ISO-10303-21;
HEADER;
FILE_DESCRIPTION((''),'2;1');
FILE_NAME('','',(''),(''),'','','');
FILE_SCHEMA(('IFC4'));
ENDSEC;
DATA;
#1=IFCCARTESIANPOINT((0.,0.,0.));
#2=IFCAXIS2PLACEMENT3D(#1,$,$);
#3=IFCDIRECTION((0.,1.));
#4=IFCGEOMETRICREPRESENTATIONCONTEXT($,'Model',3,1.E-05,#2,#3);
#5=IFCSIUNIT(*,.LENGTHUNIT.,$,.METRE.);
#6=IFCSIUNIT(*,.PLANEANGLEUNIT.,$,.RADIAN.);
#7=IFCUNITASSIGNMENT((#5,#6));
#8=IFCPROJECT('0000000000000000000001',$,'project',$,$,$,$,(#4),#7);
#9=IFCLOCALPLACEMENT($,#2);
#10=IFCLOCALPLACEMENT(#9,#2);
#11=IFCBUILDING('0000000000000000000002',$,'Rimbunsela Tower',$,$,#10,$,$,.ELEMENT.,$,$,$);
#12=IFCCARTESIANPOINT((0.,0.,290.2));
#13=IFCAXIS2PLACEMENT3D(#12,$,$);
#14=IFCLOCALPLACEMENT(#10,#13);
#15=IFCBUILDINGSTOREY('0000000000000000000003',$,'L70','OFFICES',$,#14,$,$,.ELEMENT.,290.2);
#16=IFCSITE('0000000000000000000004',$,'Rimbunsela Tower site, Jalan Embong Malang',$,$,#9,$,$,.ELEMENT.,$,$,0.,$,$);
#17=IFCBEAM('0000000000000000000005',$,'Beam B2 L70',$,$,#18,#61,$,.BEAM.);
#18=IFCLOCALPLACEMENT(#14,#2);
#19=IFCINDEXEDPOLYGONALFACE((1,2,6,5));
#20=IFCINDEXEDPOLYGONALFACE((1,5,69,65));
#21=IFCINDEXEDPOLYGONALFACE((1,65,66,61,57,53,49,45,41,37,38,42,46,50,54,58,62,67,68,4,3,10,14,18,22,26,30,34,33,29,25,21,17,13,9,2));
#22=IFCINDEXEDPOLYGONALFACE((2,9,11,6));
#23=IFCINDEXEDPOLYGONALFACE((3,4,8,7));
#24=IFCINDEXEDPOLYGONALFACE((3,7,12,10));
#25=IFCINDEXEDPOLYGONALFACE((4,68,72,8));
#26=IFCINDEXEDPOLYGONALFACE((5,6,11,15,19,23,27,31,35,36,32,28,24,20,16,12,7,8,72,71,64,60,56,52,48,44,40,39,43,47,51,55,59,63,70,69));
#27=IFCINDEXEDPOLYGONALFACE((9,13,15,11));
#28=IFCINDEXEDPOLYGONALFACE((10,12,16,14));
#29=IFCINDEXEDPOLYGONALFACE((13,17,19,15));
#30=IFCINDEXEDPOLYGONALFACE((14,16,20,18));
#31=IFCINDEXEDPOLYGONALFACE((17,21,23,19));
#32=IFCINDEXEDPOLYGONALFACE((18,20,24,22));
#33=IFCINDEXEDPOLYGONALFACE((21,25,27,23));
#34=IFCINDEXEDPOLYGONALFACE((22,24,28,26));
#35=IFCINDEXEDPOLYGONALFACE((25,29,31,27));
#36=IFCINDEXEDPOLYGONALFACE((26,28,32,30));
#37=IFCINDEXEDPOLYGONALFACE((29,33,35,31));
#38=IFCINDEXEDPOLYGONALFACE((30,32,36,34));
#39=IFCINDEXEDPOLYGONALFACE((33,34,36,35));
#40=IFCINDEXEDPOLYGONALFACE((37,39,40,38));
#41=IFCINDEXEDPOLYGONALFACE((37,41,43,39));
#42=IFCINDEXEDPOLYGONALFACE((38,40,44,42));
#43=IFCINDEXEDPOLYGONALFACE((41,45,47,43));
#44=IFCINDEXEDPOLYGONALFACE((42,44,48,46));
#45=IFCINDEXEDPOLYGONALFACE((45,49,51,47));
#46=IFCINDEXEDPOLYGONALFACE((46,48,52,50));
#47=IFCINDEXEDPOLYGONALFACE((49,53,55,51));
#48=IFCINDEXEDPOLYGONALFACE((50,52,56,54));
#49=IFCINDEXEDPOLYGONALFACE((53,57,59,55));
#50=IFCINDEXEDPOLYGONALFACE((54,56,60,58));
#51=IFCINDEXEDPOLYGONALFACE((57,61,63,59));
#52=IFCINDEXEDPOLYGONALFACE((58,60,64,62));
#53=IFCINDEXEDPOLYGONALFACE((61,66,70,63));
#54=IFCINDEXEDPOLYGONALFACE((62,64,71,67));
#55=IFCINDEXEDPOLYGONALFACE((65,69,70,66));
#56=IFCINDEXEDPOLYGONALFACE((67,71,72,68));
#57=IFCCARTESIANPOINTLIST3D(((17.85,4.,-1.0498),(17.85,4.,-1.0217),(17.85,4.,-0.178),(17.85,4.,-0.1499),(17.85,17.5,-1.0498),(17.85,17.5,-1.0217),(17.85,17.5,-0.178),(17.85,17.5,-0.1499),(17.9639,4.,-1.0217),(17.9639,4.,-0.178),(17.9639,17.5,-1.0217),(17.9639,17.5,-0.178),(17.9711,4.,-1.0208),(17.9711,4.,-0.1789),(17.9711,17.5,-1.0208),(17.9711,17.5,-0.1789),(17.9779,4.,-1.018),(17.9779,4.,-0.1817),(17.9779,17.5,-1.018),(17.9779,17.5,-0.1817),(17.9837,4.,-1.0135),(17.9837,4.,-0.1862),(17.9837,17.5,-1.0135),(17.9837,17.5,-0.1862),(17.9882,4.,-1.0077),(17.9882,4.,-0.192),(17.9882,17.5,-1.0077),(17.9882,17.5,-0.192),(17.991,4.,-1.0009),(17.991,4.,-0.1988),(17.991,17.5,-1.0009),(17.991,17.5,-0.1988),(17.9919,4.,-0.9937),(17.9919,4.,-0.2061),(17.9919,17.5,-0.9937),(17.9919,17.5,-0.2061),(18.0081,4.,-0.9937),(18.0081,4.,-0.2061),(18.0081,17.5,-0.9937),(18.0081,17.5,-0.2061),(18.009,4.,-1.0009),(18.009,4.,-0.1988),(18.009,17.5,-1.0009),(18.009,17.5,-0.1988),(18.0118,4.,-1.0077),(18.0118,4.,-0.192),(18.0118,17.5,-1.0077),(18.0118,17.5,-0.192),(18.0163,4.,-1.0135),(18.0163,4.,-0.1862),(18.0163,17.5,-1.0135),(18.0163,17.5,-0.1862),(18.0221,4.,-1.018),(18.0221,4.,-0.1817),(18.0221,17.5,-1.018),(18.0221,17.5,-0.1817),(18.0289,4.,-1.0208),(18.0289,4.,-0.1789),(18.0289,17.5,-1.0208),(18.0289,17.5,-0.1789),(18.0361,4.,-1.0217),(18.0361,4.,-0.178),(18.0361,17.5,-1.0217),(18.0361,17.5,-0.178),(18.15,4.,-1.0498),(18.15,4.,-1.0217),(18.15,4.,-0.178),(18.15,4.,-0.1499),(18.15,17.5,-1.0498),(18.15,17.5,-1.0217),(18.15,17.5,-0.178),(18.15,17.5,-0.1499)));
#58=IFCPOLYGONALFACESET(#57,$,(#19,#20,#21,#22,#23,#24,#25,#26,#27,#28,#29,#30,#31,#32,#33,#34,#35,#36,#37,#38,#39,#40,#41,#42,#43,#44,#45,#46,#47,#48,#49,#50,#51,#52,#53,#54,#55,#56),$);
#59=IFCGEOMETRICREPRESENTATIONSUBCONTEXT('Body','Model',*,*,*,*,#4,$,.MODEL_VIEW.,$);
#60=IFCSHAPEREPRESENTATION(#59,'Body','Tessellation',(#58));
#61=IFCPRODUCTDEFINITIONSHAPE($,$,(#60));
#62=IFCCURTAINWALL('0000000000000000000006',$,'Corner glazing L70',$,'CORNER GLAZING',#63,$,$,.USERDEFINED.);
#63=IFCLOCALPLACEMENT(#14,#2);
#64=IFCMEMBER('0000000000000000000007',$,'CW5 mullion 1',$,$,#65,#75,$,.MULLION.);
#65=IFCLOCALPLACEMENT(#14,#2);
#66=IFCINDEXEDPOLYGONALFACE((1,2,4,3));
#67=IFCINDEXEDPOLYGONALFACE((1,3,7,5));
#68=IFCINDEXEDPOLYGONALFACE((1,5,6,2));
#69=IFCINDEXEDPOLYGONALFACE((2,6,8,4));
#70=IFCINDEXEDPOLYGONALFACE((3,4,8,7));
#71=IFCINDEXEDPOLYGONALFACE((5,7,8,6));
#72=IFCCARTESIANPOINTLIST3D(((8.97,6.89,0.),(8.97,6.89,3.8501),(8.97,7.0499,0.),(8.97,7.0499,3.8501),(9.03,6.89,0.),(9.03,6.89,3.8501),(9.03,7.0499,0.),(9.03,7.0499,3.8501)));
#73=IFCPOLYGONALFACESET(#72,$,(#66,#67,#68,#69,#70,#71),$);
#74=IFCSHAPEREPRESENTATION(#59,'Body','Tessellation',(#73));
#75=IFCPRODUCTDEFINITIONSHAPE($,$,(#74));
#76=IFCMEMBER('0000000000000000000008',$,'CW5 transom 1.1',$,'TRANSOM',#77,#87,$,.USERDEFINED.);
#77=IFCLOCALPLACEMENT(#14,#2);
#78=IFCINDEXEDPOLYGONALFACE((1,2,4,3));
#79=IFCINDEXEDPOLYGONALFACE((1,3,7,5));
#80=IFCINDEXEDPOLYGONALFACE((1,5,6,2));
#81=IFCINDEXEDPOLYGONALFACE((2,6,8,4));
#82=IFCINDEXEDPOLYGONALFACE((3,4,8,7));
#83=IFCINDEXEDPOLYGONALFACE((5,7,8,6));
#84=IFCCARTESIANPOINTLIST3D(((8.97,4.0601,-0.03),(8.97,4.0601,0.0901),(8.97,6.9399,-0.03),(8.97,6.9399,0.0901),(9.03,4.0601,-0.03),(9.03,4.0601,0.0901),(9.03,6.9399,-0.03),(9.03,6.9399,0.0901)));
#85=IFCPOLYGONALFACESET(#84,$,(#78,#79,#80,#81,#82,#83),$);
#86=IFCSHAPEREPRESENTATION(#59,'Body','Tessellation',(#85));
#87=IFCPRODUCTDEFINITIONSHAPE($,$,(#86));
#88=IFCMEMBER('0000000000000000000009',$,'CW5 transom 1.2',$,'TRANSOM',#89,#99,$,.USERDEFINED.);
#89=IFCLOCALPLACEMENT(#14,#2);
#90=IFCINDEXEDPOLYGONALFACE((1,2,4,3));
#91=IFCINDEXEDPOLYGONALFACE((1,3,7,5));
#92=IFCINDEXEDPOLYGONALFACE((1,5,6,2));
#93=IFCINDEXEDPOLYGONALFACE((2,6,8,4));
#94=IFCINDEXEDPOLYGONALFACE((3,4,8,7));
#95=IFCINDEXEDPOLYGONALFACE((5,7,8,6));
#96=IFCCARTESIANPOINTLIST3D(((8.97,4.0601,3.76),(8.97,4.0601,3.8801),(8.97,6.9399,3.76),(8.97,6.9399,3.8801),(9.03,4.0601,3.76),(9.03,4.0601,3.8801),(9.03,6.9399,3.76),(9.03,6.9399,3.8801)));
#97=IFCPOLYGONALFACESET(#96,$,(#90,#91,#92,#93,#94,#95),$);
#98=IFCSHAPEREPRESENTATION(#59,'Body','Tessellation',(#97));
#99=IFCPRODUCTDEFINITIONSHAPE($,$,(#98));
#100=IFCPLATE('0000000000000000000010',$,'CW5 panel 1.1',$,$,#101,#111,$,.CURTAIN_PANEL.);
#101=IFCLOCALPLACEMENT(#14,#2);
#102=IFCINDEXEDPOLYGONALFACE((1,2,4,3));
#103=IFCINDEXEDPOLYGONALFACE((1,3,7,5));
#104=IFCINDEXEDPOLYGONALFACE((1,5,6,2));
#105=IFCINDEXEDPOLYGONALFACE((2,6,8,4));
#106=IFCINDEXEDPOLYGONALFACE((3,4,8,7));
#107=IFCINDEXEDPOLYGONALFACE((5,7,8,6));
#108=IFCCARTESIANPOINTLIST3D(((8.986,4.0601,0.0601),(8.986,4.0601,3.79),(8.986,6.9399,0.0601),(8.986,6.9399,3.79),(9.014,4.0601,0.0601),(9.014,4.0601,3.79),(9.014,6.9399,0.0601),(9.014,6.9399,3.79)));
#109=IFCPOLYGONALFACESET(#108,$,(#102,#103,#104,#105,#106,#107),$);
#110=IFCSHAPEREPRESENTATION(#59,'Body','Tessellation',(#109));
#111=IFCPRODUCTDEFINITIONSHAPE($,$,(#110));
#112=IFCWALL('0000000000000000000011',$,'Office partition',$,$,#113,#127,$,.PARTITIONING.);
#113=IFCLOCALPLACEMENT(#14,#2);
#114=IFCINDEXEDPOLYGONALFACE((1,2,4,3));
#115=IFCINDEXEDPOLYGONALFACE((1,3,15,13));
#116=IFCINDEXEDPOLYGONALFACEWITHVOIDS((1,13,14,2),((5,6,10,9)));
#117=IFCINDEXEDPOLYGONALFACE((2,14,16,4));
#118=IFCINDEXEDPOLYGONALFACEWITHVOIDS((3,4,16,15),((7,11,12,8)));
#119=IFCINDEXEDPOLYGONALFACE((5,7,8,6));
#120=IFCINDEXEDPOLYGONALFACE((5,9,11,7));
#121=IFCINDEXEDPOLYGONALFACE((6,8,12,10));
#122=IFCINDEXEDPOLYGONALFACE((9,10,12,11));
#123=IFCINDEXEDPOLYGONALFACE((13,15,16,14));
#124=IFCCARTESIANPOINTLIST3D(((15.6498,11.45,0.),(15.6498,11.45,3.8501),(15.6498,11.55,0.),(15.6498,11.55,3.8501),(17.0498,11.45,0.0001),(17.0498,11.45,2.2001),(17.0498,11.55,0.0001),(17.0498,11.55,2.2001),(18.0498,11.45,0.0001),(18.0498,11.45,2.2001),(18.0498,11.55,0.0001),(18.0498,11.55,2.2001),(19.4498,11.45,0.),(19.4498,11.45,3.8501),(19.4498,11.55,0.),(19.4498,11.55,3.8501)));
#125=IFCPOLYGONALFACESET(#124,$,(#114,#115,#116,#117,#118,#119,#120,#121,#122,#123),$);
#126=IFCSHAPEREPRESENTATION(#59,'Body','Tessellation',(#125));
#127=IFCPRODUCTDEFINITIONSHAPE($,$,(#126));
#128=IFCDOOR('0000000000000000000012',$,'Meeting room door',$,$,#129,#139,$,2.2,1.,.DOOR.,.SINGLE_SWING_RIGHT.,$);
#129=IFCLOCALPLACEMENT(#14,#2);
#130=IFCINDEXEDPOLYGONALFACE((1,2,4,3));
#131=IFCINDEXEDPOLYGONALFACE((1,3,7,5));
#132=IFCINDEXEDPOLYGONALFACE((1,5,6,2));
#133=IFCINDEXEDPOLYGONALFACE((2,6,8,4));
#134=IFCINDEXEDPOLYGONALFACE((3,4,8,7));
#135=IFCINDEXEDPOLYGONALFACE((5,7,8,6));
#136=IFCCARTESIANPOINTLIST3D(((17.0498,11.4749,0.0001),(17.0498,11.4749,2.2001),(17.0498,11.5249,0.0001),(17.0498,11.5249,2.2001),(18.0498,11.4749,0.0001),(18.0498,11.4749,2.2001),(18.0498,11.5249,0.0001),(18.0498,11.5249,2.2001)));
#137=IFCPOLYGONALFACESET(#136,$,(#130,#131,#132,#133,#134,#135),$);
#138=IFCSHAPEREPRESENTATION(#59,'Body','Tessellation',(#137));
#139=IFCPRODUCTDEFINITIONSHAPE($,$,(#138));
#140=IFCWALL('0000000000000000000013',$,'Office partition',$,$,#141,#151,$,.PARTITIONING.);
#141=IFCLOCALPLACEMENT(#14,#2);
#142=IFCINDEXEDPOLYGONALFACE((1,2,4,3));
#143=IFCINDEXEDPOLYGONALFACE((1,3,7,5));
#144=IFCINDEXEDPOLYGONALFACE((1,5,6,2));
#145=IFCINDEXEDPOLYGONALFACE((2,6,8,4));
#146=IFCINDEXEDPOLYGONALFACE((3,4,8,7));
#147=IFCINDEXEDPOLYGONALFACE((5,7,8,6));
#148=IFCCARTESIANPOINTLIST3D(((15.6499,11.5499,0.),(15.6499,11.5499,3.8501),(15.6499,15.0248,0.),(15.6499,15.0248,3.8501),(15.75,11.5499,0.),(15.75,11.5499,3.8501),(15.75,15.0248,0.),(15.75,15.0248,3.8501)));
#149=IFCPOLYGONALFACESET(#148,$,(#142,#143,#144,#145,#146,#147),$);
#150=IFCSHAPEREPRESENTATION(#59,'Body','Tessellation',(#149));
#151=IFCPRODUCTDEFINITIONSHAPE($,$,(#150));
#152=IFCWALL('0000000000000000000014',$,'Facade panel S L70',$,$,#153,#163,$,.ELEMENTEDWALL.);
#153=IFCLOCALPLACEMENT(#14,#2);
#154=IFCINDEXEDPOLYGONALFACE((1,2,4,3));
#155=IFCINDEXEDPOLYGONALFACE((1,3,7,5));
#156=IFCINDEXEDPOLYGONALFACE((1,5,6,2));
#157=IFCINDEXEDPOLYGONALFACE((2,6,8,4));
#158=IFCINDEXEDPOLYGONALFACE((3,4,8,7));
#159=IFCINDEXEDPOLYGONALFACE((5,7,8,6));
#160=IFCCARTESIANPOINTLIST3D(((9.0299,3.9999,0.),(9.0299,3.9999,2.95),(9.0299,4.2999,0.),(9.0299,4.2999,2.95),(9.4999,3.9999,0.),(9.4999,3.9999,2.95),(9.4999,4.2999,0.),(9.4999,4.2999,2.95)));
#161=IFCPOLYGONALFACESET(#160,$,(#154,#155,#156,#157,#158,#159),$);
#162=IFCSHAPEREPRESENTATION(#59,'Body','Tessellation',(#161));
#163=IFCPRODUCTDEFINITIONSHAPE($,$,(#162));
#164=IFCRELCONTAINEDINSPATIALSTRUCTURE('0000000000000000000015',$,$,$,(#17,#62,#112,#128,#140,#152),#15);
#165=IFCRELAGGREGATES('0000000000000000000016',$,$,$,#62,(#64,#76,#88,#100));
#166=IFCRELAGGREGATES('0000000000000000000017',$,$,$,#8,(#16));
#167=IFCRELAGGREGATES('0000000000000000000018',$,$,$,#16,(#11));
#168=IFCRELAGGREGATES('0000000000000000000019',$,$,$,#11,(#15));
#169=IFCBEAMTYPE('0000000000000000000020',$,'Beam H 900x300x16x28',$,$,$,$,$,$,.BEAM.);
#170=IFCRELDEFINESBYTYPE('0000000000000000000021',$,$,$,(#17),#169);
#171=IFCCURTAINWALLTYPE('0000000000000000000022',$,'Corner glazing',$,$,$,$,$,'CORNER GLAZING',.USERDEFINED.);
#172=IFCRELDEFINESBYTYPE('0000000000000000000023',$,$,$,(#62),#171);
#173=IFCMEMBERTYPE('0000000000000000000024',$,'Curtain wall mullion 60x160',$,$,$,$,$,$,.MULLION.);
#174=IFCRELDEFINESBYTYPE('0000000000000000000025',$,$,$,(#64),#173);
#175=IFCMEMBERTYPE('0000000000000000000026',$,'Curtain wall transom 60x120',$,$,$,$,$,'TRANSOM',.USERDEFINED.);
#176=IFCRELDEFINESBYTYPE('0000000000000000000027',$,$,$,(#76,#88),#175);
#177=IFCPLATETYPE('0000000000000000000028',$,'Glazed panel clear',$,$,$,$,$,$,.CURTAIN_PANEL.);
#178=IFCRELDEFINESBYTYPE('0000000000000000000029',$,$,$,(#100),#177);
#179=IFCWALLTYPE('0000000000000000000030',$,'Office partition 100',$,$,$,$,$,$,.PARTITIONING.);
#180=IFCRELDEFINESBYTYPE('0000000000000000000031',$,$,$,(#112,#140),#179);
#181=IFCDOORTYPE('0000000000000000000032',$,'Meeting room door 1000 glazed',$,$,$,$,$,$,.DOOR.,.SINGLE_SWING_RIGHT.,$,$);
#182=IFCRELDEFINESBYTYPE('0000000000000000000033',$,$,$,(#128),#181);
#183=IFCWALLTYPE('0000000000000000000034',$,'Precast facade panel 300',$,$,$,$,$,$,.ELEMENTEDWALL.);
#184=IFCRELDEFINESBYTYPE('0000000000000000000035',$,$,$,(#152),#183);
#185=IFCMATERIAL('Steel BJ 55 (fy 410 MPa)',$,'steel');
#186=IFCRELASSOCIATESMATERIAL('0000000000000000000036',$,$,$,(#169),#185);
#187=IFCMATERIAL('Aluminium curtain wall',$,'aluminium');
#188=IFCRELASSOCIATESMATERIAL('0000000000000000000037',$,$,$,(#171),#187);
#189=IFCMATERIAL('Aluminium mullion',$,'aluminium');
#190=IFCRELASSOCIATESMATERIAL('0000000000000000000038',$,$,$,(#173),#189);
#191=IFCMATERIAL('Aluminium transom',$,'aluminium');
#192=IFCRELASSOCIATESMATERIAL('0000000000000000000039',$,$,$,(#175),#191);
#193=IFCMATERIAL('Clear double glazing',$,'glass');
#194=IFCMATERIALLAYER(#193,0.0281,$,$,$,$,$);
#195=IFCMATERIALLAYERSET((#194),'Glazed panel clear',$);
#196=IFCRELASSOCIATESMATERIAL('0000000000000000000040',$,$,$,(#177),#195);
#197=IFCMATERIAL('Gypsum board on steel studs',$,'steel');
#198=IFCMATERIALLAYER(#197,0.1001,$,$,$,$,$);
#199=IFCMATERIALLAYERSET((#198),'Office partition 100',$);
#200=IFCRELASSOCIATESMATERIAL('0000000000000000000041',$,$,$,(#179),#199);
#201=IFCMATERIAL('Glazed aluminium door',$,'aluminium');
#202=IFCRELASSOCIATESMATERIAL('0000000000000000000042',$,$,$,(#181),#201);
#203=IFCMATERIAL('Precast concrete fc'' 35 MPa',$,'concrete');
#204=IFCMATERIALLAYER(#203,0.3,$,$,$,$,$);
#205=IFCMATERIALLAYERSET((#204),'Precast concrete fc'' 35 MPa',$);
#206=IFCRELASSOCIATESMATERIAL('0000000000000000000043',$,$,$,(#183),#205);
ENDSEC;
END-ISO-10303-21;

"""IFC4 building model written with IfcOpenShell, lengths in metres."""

from ifc_helpers import new_model, si_unit, direction, frame, frame_2d, origin, origin_2d, place, context, subcontext, project, spatial, rectangle, i_section, extrude, material, layer, layer_set, material_profile, profile_set, type_object, element, fill, aggregate, save


model = new_model("IFC4")

# Units and contexts
model_context = context("Model", 3, precision=1e-05, world=origin(), true_north=direction((0.0, 1.0)))
body_context = subcontext(model_context, "Body", "Model", "MODEL_VIEW")
ifc_project = project(units=[si_unit("LENGTHUNIT", "METRE"), si_unit("PLANEANGLEUNIT", "RADIAN")], contexts=[model_context])

# Site, building, storey
site_placement = place(None, origin())
site = spatial("IfcSite", under=ifc_project, at=site_placement, Name="Rimbunsela Tower site, Jalan Embong Malang", CompositionType="ELEMENT", RefElevation=0.0)
building_placement = place(site_placement, origin())
building = spatial("IfcBuilding", under=site, at=building_placement, Name="Rimbunsela Tower", CompositionType="ELEMENT")
storey_placement = place(building_placement, frame((0.0, 0.0, 290.2)))
storey = spatial("IfcBuildingStorey", under=building, at=storey_placement, Name="L70", Description="OFFICES", CompositionType="ELEMENT", Elevation=290.2)

# Beam
ifc_material_1 = material(Name="Steel BJ 55 (fy 410 MPa)", Category="steel")
ifc_material_profile_1 = material_profile(ifc_material_1, i_section(OverallWidth=0.3, OverallDepth=0.8999, WebThickness=0.0161, FlangeThickness=0.0281, FilletRadius=0.0281, at=origin_2d()), Name="H 900x300x16x28")
ifc_profile_set_1 = profile_set([ifc_material_profile_1], Name="Steel BJ 55 (fy 410 MPa)")
beam_type_1 = type_object("IfcBeamType", Name="Beam H 900x300x16x28", PredefinedType="BEAM", material=ifc_profile_set_1)
beam_placement = place(storey_placement, frame((18.0, 4.0, -0.5999), z_axis=(0.0, 1.0, 0.0), x_axis=(-1.0, 0.0, 0.0)))
element("IfcBeam", 1, at=beam_placement, inside=storey, type_object=beam_type_1, Name="Beam B2 L70", PredefinedType="BEAM", context=body_context, shape_type="SweptSolid", body=[
    extrude(i_section(OverallWidth=0.3, OverallDepth=0.8999, WebThickness=0.0161, FlangeThickness=0.0281, FilletRadius=0.0281, at=origin_2d()), origin(), (0.0, 0.0, 1.0), 13.5),
])

# Curtain wall, members, plate
ifc_material_2 = material(Name="Aluminium curtain wall", Category="aluminium")
curtain_wall_type = type_object("IfcCurtainWallType", Name="Corner glazing", ElementType="CORNER GLAZING", PredefinedType="USERDEFINED", material=ifc_material_2)
curtain_wall_placement = place(storey_placement, origin())
curtain_wall = element("IfcCurtainWall", 2, at=curtain_wall_placement, inside=storey, type_object=curtain_wall_type, Name="Corner glazing L70", ObjectType="CORNER GLAZING", PredefinedType="USERDEFINED")
ifc_material_3 = material(Name="Aluminium mullion", Category="aluminium")
ifc_material_profile_2 = material_profile(ifc_material_3, rectangle(XDim=0.0601, YDim=0.1599, at=origin_2d()), Name="Mullion 60x160")
ifc_profile_set_2 = profile_set([ifc_material_profile_2], Name="Aluminium mullion")
member_type_1 = type_object("IfcMemberType", Name="Curtain wall mullion 60x160", PredefinedType="MULLION", material=ifc_profile_set_2)
member_1_placement = place(storey_placement, frame((9.0, 6.97, 0.0), z_axis=(0.0, 0.0, 1.0), x_axis=(1.0, 0.0, 0.0)))
member_1 = element("IfcMember", 3, at=member_1_placement, type_object=member_type_1, Name="CW5 mullion 1", PredefinedType="MULLION", context=body_context, shape_type="SweptSolid", body=[
    extrude(rectangle(XDim=0.0601, YDim=0.1599, at=origin_2d()), origin(), (0.0, 0.0, 1.0), 3.8501),
])
ifc_material_4 = material(Name="Aluminium transom", Category="aluminium")
ifc_material_profile_3 = material_profile(ifc_material_4, rectangle(XDim=0.0601, YDim=0.1201, at=origin_2d()), Name="Transom 60x120")
ifc_profile_set_3 = profile_set([ifc_material_profile_3], Name="Aluminium transom")
member_type_2 = type_object("IfcMemberType", Name="Curtain wall transom 60x120", ElementType="TRANSOM", PredefinedType="USERDEFINED", material=ifc_profile_set_3)
member_2_placement = place(storey_placement, frame((9.0, 6.9399, 0.03), z_axis=(0.0, -1.0, 0.0), x_axis=(1.0, 0.0, 0.0)))
member_2 = element("IfcMember", 4, at=member_2_placement, type_object=member_type_2, Name="CW5 transom 1.1", ObjectType="TRANSOM", PredefinedType="USERDEFINED", context=body_context, shape_type="SweptSolid", body=[
    extrude(rectangle(XDim=0.0601, YDim=0.1201, at=origin_2d()), origin(), (0.0, 0.0, 1.0), 2.8799),
])
member_3_placement = place(storey_placement, frame((9.0, 6.9399, 3.8201), z_axis=(0.0, -1.0, 0.0), x_axis=(1.0, 0.0, 0.0)))
member_3 = element("IfcMember", 5, at=member_3_placement, type_object=member_type_2, Name="CW5 transom 1.2", ObjectType="TRANSOM", PredefinedType="USERDEFINED", context=body_context, shape_type="SweptSolid", body=[
    extrude(rectangle(XDim=0.0601, YDim=0.1201, at=origin_2d()), origin(), (0.0, 0.0, 1.0), 2.8799),
])
ifc_material_5 = material(Name="Clear double glazing", Category="glass")
ifc_layer_1 = layer(ifc_material_5, 0.0281)
ifc_layer_set_1 = layer_set([ifc_layer_1], Name="Glazed panel clear")
plate_type = type_object("IfcPlateType", Name="Glazed panel clear", PredefinedType="CURTAIN_PANEL", material=ifc_layer_set_1)
plate_placement = place(storey_placement, frame((9.0, 5.5, 0.0601), z_axis=(0.0, 0.0, 1.0), x_axis=(0.0, -1.0, 0.0)))
plate = element("IfcPlate", 6, at=plate_placement, type_object=plate_type, Name="CW5 panel 1.1", PredefinedType="CURTAIN_PANEL", context=body_context, shape_type="SweptSolid", body=[
    extrude(rectangle(XDim=2.8799, YDim=0.0281, at=origin_2d()), origin(), (0.0, 0.0, 1.0), 3.73),
])
aggregate(curtain_wall, [member_1, member_2, member_3, plate])

# Wall, opening, door
ifc_material_6 = material(Name="Gypsum board on steel studs", Category="steel")
ifc_layer_2 = layer(ifc_material_6, 0.1001)
ifc_layer_set_2 = layer_set([ifc_layer_2], Name="Office partition 100")
wall_type_1 = type_object("IfcWallType", Name="Office partition 100", PredefinedType="PARTITIONING", material=ifc_layer_set_2)
wall_1_placement = place(storey_placement, frame((15.6499, 11.5, 0.0), z_axis=(0.0, 0.0, 1.0), x_axis=(1.0, 0.0, 0.0)))
wall_1 = element("IfcWall", 7, at=wall_1_placement, inside=storey, type_object=wall_type_1, Name="Office partition", PredefinedType="PARTITIONING", context=body_context, shape_type="SweptSolid", body=[
    extrude(rectangle(XDim=3.8, YDim=0.1001, at=frame_2d((1.8999, 0.0))), origin(), (0.0, 0.0, 1.0), 3.8501),
])
opening_1_placement = place(wall_1_placement, frame((1.3999, 0.0, 0.0)))
opening_1 = element("IfcOpeningElement", 8, at=opening_1_placement, cuts=wall_1, PredefinedType="OPENING", context=body_context, shape_type="SweptSolid", body=[
    extrude(rectangle(XDim=1.0, YDim=2.2, at=frame_2d((0.5, 1.1001))), frame((0.0, 0.0601, 0.0), z_axis=(0.0, -1.0, 0.0), x_axis=(1.0, 0.0, 0.0)), (0.0, 0.0, 1.0), 0.1201),
])
ifc_material_7 = material(Name="Glazed aluminium door", Category="aluminium")
door_type_1 = type_object("IfcDoorType", Name="Meeting room door 1000 glazed", OperationType="SINGLE_SWING_RIGHT", PredefinedType="DOOR", material=ifc_material_7)
door_1_placement = place(opening_1_placement, origin())
door_1 = element("IfcDoor", 9, at=door_1_placement, inside=storey, type_object=door_type_1, Name="Meeting room door", OperationType="SINGLE_SWING_RIGHT", OverallHeight=2.2, OverallWidth=1.0, PredefinedType="DOOR", context=body_context, shape_type="SweptSolid", body=[
    extrude(rectangle(XDim=1.0, YDim=2.2, at=frame_2d((0.5, 1.1001))), frame((0.0, 0.0249, 0.0), z_axis=(0.0, -1.0, 0.0), x_axis=(1.0, 0.0, 0.0)), (0.0, 0.0, 1.0), 0.05),
])
fill(opening_1, door_1)

# Walls
wall_2_placement = place(storey_placement, frame((15.7, 11.55, 0.0), z_axis=(0.0, 0.0, 1.0), x_axis=(0.0, 1.0, 0.0)))
element("IfcWall", 10, at=wall_2_placement, inside=storey, type_object=wall_type_1, Name="Office partition", PredefinedType="PARTITIONING", context=body_context, shape_type="SweptSolid", body=[
    extrude(rectangle(XDim=3.4749, YDim=0.1001, at=frame_2d((1.7373, 0.0))), origin(), (0.0, 0.0, 1.0), 3.8501),
])
ifc_material_8 = material(Name="Precast concrete fc' 35 MPa", Category="concrete")
ifc_layer_3 = layer(ifc_material_8, 0.3)
ifc_layer_set_3 = layer_set([ifc_layer_3], Name="Precast concrete fc' 35 MPa")
wall_type_2 = type_object("IfcWallType", Name="Precast facade panel 300", PredefinedType="ELEMENTEDWALL", material=ifc_layer_set_3)
wall_3_placement = place(storey_placement, frame((9.03, 4.1499, 0.0), z_axis=(0.0, 0.0, 1.0), x_axis=(1.0, 0.0, 0.0)))
element("IfcWall", 11, at=wall_3_placement, inside=storey, type_object=wall_type_2, Name="Facade panel S L70", PredefinedType="ELEMENTEDWALL", context=body_context, shape_type="SweptSolid", body=[
    extrude(rectangle(XDim=0.47, YDim=0.3, at=frame_2d((0.2349, 0.0))), origin(), (0.0, 0.0, 1.0), 2.95),
])

save(model, "model.ifc")
